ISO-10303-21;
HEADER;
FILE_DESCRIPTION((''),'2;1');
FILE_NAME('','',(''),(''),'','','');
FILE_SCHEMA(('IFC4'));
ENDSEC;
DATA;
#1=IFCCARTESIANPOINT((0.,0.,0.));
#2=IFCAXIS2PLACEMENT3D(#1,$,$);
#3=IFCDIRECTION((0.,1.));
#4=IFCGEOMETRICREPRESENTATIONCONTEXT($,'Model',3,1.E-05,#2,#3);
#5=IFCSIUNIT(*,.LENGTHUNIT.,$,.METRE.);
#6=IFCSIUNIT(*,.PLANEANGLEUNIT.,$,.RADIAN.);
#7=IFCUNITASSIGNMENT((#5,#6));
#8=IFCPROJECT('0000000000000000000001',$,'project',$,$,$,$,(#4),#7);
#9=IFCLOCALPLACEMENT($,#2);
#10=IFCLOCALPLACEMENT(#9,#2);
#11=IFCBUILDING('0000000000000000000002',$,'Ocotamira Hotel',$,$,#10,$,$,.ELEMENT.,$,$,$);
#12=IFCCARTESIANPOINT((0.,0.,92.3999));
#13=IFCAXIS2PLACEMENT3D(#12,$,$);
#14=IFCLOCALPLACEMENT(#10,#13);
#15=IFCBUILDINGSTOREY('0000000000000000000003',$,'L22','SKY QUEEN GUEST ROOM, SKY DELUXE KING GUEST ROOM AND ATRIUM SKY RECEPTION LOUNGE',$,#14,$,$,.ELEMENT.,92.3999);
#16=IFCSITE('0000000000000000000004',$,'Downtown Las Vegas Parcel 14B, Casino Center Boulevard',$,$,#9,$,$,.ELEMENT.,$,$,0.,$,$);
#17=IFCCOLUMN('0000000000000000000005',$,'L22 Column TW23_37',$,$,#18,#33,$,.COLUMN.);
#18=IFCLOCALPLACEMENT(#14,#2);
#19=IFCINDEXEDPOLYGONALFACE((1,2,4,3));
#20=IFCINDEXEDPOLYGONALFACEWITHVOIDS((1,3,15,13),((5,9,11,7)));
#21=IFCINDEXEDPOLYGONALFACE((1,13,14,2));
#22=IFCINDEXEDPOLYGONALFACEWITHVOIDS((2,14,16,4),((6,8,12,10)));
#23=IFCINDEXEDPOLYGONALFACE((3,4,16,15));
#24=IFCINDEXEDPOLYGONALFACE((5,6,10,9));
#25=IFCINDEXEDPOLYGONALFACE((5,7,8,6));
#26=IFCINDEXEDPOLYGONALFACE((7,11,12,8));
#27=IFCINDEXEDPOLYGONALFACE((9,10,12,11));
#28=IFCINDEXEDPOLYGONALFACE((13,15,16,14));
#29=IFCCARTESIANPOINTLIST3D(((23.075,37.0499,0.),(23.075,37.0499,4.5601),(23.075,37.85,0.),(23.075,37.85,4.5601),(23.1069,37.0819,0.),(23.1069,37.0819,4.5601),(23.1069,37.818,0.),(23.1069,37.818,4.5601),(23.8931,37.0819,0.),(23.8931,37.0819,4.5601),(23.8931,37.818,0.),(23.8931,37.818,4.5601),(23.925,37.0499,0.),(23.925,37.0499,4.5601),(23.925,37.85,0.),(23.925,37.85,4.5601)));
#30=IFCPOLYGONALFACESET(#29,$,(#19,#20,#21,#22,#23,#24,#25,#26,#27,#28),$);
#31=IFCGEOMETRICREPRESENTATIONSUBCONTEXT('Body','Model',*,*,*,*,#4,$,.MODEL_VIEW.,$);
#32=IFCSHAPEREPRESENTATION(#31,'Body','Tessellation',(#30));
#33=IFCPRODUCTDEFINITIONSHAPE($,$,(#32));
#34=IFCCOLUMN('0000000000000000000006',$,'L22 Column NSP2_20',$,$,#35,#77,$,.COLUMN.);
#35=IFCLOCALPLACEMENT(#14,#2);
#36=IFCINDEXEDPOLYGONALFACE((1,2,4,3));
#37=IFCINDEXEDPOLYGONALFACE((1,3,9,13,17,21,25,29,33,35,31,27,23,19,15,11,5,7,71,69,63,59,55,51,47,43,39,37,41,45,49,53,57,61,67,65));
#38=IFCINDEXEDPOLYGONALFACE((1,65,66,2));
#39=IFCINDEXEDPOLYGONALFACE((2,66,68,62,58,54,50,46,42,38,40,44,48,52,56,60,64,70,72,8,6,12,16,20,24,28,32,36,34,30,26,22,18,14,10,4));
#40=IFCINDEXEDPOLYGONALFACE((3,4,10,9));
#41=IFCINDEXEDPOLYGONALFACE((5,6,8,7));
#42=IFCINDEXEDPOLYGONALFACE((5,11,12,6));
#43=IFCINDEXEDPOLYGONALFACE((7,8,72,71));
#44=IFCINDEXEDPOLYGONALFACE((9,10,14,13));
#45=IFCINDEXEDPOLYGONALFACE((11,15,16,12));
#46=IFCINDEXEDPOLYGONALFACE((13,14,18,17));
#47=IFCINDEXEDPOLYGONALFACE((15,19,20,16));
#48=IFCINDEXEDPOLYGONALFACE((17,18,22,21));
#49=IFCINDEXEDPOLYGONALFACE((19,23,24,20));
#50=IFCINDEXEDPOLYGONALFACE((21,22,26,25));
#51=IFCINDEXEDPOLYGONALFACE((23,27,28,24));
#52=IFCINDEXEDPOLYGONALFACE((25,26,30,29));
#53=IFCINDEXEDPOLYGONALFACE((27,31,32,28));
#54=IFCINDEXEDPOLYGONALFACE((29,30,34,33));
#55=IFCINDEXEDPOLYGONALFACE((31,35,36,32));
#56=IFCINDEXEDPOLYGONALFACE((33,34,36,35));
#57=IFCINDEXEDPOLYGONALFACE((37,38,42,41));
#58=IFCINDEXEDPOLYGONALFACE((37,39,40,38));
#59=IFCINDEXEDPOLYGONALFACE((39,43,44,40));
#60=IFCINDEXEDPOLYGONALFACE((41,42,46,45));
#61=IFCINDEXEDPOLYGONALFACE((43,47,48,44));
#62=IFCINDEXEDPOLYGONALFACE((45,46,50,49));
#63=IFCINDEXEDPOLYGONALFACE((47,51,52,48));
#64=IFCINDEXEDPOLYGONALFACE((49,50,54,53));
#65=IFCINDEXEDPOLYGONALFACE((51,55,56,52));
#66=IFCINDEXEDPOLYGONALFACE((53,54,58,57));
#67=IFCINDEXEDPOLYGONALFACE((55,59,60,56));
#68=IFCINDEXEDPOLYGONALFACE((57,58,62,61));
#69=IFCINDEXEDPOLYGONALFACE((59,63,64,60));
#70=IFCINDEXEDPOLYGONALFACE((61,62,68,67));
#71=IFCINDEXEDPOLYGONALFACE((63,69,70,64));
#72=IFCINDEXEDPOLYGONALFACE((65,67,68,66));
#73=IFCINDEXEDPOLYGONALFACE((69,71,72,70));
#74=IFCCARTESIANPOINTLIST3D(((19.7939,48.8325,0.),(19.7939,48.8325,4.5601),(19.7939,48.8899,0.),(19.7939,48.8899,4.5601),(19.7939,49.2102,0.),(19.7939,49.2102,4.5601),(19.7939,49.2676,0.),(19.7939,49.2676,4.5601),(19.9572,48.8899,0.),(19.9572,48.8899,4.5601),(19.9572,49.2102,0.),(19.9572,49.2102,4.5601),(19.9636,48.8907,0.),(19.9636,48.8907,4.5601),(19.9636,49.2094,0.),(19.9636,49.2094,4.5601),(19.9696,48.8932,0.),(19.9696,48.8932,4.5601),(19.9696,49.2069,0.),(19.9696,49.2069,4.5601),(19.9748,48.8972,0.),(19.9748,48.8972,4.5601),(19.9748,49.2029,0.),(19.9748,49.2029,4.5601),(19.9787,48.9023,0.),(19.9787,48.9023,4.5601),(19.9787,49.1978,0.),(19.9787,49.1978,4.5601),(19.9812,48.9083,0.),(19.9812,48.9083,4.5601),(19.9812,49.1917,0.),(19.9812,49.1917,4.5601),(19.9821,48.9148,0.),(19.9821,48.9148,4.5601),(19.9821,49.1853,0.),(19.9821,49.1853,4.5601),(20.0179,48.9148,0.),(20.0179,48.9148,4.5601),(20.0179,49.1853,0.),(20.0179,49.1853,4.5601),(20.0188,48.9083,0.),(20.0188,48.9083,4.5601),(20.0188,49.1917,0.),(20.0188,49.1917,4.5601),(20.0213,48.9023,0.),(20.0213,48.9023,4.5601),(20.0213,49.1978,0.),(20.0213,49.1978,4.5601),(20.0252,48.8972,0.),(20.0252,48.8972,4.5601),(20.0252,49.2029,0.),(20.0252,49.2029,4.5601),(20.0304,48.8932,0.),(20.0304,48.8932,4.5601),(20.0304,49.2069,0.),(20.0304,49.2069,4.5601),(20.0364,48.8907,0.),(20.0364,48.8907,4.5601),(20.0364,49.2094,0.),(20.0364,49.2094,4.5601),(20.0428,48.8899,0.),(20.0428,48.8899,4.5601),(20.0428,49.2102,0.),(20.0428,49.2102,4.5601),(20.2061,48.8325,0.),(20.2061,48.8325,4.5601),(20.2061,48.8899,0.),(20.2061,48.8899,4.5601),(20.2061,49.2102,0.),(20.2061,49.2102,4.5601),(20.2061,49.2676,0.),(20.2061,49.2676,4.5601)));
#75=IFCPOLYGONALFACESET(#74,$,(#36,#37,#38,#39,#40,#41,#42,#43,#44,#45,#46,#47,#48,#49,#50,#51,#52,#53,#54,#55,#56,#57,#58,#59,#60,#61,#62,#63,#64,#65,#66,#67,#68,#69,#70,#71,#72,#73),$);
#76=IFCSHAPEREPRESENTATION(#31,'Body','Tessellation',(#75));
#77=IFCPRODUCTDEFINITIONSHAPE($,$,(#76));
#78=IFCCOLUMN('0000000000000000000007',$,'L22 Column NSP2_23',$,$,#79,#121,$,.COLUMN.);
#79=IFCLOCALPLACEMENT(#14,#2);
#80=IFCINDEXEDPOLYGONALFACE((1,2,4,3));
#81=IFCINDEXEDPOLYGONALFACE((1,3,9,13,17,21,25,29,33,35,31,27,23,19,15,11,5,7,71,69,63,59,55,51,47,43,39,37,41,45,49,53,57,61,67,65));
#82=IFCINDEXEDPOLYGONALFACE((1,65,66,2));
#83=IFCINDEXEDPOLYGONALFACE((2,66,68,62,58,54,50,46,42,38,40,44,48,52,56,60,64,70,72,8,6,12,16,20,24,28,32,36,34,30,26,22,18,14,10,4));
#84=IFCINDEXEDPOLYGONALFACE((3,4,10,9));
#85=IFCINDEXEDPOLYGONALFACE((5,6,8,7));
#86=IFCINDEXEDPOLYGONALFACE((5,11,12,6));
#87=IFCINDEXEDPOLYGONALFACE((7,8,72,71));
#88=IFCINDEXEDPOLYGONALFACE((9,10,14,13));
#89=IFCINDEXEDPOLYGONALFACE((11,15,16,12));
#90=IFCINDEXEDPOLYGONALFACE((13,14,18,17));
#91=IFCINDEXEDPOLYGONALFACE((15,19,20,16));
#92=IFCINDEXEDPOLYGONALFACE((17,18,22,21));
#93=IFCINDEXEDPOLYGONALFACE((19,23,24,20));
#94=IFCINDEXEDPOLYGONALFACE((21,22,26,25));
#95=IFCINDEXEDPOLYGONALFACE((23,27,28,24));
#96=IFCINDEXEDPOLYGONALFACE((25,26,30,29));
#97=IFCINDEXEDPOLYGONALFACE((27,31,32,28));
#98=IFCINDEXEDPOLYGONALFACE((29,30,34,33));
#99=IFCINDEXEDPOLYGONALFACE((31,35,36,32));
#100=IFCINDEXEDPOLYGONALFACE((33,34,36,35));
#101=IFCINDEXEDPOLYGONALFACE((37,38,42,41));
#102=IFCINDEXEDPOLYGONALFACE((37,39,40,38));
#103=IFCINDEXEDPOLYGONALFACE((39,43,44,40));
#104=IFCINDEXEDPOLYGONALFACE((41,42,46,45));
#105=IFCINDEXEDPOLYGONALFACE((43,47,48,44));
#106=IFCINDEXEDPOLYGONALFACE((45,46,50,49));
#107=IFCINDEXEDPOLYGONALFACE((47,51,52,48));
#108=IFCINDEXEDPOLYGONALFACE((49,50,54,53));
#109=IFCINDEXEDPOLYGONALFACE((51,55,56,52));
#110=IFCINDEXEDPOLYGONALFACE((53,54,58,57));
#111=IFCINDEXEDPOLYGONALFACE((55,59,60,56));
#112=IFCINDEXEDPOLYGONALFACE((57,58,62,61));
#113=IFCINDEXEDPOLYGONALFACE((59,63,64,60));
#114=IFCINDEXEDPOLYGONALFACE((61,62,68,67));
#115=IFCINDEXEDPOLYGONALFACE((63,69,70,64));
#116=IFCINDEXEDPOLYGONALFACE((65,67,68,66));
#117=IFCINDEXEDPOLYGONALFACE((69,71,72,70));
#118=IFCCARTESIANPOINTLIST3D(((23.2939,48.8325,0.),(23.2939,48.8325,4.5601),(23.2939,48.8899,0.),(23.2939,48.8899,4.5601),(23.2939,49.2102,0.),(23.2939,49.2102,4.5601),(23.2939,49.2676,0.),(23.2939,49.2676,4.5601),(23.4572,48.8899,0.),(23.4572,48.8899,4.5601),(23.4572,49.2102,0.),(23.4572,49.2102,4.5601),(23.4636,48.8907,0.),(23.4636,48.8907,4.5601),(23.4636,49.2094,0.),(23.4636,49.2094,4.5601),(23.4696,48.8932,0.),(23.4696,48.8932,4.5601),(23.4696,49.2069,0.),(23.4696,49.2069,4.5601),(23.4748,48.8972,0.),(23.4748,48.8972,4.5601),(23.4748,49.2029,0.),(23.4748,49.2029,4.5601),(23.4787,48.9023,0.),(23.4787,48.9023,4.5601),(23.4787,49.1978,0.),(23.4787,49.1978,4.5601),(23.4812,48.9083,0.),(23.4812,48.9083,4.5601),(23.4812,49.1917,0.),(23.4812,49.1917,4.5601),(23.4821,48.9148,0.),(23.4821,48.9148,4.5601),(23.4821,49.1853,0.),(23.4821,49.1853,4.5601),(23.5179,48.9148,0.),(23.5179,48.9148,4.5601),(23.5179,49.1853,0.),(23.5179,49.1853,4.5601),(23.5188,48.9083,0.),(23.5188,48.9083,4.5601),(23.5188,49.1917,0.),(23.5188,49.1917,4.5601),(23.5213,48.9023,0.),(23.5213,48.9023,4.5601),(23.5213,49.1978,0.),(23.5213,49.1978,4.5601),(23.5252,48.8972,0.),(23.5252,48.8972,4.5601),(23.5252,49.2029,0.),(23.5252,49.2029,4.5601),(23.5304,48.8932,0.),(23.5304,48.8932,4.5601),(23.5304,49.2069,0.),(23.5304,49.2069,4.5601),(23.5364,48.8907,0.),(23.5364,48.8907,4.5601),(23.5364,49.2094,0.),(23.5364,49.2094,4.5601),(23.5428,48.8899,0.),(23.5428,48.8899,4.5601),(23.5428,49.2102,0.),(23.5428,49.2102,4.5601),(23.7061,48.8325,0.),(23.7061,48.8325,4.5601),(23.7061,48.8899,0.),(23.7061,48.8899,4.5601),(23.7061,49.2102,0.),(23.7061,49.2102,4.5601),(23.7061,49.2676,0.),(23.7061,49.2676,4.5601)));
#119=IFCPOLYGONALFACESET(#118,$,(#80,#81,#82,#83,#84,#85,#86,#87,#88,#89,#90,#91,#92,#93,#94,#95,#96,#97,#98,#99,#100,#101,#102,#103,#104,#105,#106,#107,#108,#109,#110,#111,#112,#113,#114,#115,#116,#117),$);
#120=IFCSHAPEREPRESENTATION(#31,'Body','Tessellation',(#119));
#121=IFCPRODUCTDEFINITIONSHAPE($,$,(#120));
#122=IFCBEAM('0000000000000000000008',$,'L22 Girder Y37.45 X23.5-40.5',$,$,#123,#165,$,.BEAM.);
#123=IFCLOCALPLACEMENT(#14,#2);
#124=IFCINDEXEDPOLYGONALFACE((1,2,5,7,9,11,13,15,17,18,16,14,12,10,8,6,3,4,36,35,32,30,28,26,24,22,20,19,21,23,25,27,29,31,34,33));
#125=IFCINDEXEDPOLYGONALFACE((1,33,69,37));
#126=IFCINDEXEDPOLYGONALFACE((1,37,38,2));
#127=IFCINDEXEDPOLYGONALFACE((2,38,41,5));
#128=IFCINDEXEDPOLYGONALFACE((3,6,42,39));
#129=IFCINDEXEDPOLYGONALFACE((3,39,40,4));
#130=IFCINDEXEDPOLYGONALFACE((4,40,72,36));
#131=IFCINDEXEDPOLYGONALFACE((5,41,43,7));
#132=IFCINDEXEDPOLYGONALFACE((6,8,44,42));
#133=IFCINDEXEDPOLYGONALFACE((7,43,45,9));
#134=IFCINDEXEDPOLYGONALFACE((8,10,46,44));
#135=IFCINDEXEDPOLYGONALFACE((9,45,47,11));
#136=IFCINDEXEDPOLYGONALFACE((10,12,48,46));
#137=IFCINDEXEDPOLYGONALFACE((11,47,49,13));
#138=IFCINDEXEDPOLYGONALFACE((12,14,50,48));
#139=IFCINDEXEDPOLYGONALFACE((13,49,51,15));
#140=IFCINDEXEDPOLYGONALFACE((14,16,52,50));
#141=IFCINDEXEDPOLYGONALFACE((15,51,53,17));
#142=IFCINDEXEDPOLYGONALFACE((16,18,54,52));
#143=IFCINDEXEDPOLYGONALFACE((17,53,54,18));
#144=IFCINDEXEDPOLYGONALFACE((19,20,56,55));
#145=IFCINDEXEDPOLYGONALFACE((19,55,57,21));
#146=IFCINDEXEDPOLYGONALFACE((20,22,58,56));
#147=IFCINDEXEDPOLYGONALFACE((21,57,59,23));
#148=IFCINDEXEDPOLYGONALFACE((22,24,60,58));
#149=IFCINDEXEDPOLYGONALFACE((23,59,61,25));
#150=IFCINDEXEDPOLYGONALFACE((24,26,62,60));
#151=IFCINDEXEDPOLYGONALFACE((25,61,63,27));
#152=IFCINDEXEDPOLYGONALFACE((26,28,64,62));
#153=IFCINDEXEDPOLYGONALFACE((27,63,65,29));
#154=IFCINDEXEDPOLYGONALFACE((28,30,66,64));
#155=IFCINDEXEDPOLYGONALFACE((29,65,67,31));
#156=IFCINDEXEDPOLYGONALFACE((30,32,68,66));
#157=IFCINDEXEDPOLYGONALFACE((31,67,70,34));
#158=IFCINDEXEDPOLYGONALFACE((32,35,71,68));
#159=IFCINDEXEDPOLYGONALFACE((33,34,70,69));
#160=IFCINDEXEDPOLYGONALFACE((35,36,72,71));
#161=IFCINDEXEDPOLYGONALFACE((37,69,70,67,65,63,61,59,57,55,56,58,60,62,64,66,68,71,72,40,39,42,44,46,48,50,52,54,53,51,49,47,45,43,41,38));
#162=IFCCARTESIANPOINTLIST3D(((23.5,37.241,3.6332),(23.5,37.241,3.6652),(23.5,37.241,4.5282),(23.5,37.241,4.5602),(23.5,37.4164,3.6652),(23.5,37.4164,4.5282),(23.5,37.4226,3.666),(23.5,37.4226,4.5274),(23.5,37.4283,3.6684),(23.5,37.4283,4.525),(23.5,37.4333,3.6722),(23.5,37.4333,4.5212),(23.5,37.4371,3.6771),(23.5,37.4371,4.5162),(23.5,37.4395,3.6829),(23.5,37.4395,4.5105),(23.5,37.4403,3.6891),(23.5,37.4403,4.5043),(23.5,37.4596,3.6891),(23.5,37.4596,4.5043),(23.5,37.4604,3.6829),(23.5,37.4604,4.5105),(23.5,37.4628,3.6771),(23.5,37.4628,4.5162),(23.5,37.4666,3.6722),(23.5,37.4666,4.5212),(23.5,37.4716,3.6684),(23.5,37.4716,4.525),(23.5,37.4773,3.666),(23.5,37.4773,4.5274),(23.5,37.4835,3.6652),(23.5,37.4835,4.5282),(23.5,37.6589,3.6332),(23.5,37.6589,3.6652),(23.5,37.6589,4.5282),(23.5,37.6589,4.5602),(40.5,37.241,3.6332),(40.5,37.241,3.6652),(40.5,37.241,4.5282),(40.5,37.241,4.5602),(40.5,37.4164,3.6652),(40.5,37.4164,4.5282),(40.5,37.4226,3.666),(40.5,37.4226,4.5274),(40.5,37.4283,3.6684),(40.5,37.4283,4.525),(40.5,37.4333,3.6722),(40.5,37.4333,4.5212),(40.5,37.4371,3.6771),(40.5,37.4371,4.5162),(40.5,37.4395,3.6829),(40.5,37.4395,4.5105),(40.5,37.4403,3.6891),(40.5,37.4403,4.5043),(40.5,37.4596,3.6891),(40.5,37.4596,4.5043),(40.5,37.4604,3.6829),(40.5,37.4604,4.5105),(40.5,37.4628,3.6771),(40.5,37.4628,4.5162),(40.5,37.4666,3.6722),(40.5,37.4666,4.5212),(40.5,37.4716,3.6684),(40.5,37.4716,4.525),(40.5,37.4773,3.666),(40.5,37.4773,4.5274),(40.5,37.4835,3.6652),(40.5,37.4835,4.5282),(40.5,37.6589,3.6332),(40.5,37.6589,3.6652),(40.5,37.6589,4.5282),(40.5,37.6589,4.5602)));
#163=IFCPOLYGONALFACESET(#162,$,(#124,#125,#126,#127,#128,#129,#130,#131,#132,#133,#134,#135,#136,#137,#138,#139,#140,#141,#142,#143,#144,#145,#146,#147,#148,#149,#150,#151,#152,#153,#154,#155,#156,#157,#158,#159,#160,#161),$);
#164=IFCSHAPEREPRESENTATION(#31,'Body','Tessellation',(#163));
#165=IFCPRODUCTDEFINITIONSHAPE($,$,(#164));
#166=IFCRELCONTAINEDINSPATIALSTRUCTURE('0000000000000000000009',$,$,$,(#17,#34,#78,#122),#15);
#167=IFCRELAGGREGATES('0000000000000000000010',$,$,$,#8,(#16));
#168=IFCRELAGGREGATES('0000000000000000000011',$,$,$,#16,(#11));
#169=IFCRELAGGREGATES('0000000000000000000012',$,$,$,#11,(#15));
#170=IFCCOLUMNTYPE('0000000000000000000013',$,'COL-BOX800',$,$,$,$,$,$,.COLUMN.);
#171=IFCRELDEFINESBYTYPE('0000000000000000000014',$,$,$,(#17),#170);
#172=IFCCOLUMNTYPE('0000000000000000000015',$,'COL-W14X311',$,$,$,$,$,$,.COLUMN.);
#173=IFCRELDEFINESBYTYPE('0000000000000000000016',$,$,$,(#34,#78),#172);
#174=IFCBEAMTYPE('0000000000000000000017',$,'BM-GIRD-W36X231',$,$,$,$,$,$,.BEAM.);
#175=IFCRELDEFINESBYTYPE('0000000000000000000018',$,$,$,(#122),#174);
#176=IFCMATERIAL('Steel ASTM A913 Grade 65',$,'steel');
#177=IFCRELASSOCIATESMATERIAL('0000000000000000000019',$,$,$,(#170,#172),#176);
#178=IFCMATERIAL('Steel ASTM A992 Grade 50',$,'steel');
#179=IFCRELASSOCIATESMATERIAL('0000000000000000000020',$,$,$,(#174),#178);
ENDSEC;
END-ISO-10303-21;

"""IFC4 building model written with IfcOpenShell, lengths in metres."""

from ifc_helpers import new_model, si_unit, direction, frame, origin, origin_2d, place, context, subcontext, project, spatial, hollow_rectangle, i_section, extrude, source, transform, mapped, material, material_profile, profile_set, type_object, element, save


model = new_model("IFC4")

# Units and contexts
model_context = context("Model", 3, precision=1e-05, world=origin(), true_north=direction((0.0, 1.0)))
body_context = subcontext(model_context, "Body", "Model", "MODEL_VIEW")
ifc_project = project(units=[si_unit("LENGTHUNIT", "METRE"), si_unit("PLANEANGLEUNIT", "RADIAN")], contexts=[model_context])

# Site, building, storey
site_placement = place(None, origin())
site = spatial("IfcSite", under=ifc_project, at=site_placement, Name="Downtown Las Vegas Parcel 14B, Casino Center Boulevard", CompositionType="ELEMENT", RefElevation=0.0)
building_placement = place(site_placement, origin())
building = spatial("IfcBuilding", under=site, at=building_placement, Name="Ocotamira Hotel", CompositionType="ELEMENT")
storey_placement = place(building_placement, frame((0.0, 0.0, 92.3999)))
storey = spatial("IfcBuildingStorey", under=building, at=storey_placement, Name="L22", Description="SKY QUEEN GUEST ROOM, SKY DELUXE KING GUEST ROOM AND ATRIUM SKY RECEPTION LOUNGE", CompositionType="ELEMENT", Elevation=92.3999)

# Columns
ifc_material_1 = material(Name="Steel ASTM A913 Grade 65", Category="steel")
ifc_material_profile_1 = material_profile(ifc_material_1, hollow_rectangle(XDim=0.8501, YDim=0.8, WallThickness=0.032, at=origin_2d()), Name="BOX800X850X32")
ifc_profile_set_1 = profile_set([ifc_material_profile_1], Name="Steel ASTM A913 Grade 65")
column_type_1 = type_object("IfcColumnType", Name="COL-BOX800", PredefinedType="COLUMN", material=ifc_profile_set_1)
shared_shape_1 = source(origin(), body_context, "Body", "SweptSolid", [
    extrude(hollow_rectangle(XDim=0.8501, YDim=0.8, WallThickness=0.032, at=origin_2d()), origin(), (0.0, 0.0, 1.0), 4.5601),
])
column_placement = place(storey_placement, frame((23.5, 37.45, 0.0), z_axis=(0.0, 0.0, 1.0), x_axis=(1.0, 0.0, 0.0)))
element("IfcColumn", 1, at=column_placement, inside=storey, type_object=column_type_1, Name="L22 Column TW23_37", PredefinedType="COLUMN", context=body_context, shape_type="MappedRepresentation", body=[
    mapped(shared_shape_1, transform((0.0, 0.0, 0.0), scale=1.0)),
])
ifc_material_profile_2 = material_profile(ifc_material_1, i_section(OverallWidth=0.4121, OverallDepth=0.4351, WebThickness=0.0359, FlangeThickness=0.0574, FilletRadius=0.0249, at=origin_2d()), Name="W14X311")
ifc_profile_set_2 = profile_set([ifc_material_profile_2], Name="Steel ASTM A913 Grade 65")
column_type_2 = type_object("IfcColumnType", Name="COL-W14X311", PredefinedType="COLUMN", material=ifc_profile_set_2)
shared_shape_2 = source(origin(), body_context, "Body", "SweptSolid", [
    extrude(i_section(OverallWidth=0.4121, OverallDepth=0.4351, WebThickness=0.0359, FlangeThickness=0.0574, FilletRadius=0.0249, at=origin_2d()), origin(), (0.0, 0.0, 1.0), 4.5601),
])
for number, where, z_axis, x_axis, name in (
    (2, (20.0, 49.05, 0.0), (0.0, 0.0, 1.0), (1.0, 0.0, 0.0), "L22 Column NSP2_20"),
    (3, (23.5, 49.05, 0.0), (0.0, 0.0, 1.0), (1.0, 0.0, 0.0), "L22 Column NSP2_23"),
):
    element("IfcColumn", number, at=place(storey_placement, frame(where, z_axis=z_axis, x_axis=x_axis)), inside=storey, type_object=column_type_2, Name=name, PredefinedType="COLUMN", context=body_context, shape_type="MappedRepresentation", body=[
        mapped(shared_shape_2, transform((0.0, 0.0, 0.0), scale=1.0)),
    ])

# Beam
ifc_material_2 = material(Name="Steel ASTM A992 Grade 50", Category="steel")
ifc_material_profile_3 = material_profile(ifc_material_2, i_section(OverallWidth=0.418, OverallDepth=0.927, WebThickness=0.0193, FlangeThickness=0.032, FilletRadius=0.0239, at=origin_2d()), Name="W36X231")
ifc_profile_set_3 = profile_set([ifc_material_profile_3], Name="Steel ASTM A992 Grade 50")
beam_type_1 = type_object("IfcBeamType", Name="BM-GIRD-W36X231", PredefinedType="BEAM", material=ifc_profile_set_3)
shared_shape_3 = source(origin(), body_context, "Body", "SweptSolid", [
    extrude(i_section(OverallWidth=0.418, OverallDepth=0.927, WebThickness=0.0193, FlangeThickness=0.032, FilletRadius=0.0239, at=origin_2d()), origin(), (0.0, 0.0, 1.0), 17.0),
])
for number, where, z_axis, x_axis, name in (
    (4, (23.5, 37.45, 4.0967), (1.0, 0.0, 0.0), (0.0, 1.0, 0.0), "L22 Girder Y37.45 X23.5-40.5"),
):
    element("IfcBeam", number, at=place(storey_placement, frame(where, z_axis=z_axis, x_axis=x_axis)), inside=storey, type_object=beam_type_1, Name=name, PredefinedType="BEAM", context=body_context, shape_type="MappedRepresentation", body=[
        mapped(shared_shape_3, transform((0.0, 0.0, 0.0), scale=1.0)),
    ])

save(model, "model.ifc")
